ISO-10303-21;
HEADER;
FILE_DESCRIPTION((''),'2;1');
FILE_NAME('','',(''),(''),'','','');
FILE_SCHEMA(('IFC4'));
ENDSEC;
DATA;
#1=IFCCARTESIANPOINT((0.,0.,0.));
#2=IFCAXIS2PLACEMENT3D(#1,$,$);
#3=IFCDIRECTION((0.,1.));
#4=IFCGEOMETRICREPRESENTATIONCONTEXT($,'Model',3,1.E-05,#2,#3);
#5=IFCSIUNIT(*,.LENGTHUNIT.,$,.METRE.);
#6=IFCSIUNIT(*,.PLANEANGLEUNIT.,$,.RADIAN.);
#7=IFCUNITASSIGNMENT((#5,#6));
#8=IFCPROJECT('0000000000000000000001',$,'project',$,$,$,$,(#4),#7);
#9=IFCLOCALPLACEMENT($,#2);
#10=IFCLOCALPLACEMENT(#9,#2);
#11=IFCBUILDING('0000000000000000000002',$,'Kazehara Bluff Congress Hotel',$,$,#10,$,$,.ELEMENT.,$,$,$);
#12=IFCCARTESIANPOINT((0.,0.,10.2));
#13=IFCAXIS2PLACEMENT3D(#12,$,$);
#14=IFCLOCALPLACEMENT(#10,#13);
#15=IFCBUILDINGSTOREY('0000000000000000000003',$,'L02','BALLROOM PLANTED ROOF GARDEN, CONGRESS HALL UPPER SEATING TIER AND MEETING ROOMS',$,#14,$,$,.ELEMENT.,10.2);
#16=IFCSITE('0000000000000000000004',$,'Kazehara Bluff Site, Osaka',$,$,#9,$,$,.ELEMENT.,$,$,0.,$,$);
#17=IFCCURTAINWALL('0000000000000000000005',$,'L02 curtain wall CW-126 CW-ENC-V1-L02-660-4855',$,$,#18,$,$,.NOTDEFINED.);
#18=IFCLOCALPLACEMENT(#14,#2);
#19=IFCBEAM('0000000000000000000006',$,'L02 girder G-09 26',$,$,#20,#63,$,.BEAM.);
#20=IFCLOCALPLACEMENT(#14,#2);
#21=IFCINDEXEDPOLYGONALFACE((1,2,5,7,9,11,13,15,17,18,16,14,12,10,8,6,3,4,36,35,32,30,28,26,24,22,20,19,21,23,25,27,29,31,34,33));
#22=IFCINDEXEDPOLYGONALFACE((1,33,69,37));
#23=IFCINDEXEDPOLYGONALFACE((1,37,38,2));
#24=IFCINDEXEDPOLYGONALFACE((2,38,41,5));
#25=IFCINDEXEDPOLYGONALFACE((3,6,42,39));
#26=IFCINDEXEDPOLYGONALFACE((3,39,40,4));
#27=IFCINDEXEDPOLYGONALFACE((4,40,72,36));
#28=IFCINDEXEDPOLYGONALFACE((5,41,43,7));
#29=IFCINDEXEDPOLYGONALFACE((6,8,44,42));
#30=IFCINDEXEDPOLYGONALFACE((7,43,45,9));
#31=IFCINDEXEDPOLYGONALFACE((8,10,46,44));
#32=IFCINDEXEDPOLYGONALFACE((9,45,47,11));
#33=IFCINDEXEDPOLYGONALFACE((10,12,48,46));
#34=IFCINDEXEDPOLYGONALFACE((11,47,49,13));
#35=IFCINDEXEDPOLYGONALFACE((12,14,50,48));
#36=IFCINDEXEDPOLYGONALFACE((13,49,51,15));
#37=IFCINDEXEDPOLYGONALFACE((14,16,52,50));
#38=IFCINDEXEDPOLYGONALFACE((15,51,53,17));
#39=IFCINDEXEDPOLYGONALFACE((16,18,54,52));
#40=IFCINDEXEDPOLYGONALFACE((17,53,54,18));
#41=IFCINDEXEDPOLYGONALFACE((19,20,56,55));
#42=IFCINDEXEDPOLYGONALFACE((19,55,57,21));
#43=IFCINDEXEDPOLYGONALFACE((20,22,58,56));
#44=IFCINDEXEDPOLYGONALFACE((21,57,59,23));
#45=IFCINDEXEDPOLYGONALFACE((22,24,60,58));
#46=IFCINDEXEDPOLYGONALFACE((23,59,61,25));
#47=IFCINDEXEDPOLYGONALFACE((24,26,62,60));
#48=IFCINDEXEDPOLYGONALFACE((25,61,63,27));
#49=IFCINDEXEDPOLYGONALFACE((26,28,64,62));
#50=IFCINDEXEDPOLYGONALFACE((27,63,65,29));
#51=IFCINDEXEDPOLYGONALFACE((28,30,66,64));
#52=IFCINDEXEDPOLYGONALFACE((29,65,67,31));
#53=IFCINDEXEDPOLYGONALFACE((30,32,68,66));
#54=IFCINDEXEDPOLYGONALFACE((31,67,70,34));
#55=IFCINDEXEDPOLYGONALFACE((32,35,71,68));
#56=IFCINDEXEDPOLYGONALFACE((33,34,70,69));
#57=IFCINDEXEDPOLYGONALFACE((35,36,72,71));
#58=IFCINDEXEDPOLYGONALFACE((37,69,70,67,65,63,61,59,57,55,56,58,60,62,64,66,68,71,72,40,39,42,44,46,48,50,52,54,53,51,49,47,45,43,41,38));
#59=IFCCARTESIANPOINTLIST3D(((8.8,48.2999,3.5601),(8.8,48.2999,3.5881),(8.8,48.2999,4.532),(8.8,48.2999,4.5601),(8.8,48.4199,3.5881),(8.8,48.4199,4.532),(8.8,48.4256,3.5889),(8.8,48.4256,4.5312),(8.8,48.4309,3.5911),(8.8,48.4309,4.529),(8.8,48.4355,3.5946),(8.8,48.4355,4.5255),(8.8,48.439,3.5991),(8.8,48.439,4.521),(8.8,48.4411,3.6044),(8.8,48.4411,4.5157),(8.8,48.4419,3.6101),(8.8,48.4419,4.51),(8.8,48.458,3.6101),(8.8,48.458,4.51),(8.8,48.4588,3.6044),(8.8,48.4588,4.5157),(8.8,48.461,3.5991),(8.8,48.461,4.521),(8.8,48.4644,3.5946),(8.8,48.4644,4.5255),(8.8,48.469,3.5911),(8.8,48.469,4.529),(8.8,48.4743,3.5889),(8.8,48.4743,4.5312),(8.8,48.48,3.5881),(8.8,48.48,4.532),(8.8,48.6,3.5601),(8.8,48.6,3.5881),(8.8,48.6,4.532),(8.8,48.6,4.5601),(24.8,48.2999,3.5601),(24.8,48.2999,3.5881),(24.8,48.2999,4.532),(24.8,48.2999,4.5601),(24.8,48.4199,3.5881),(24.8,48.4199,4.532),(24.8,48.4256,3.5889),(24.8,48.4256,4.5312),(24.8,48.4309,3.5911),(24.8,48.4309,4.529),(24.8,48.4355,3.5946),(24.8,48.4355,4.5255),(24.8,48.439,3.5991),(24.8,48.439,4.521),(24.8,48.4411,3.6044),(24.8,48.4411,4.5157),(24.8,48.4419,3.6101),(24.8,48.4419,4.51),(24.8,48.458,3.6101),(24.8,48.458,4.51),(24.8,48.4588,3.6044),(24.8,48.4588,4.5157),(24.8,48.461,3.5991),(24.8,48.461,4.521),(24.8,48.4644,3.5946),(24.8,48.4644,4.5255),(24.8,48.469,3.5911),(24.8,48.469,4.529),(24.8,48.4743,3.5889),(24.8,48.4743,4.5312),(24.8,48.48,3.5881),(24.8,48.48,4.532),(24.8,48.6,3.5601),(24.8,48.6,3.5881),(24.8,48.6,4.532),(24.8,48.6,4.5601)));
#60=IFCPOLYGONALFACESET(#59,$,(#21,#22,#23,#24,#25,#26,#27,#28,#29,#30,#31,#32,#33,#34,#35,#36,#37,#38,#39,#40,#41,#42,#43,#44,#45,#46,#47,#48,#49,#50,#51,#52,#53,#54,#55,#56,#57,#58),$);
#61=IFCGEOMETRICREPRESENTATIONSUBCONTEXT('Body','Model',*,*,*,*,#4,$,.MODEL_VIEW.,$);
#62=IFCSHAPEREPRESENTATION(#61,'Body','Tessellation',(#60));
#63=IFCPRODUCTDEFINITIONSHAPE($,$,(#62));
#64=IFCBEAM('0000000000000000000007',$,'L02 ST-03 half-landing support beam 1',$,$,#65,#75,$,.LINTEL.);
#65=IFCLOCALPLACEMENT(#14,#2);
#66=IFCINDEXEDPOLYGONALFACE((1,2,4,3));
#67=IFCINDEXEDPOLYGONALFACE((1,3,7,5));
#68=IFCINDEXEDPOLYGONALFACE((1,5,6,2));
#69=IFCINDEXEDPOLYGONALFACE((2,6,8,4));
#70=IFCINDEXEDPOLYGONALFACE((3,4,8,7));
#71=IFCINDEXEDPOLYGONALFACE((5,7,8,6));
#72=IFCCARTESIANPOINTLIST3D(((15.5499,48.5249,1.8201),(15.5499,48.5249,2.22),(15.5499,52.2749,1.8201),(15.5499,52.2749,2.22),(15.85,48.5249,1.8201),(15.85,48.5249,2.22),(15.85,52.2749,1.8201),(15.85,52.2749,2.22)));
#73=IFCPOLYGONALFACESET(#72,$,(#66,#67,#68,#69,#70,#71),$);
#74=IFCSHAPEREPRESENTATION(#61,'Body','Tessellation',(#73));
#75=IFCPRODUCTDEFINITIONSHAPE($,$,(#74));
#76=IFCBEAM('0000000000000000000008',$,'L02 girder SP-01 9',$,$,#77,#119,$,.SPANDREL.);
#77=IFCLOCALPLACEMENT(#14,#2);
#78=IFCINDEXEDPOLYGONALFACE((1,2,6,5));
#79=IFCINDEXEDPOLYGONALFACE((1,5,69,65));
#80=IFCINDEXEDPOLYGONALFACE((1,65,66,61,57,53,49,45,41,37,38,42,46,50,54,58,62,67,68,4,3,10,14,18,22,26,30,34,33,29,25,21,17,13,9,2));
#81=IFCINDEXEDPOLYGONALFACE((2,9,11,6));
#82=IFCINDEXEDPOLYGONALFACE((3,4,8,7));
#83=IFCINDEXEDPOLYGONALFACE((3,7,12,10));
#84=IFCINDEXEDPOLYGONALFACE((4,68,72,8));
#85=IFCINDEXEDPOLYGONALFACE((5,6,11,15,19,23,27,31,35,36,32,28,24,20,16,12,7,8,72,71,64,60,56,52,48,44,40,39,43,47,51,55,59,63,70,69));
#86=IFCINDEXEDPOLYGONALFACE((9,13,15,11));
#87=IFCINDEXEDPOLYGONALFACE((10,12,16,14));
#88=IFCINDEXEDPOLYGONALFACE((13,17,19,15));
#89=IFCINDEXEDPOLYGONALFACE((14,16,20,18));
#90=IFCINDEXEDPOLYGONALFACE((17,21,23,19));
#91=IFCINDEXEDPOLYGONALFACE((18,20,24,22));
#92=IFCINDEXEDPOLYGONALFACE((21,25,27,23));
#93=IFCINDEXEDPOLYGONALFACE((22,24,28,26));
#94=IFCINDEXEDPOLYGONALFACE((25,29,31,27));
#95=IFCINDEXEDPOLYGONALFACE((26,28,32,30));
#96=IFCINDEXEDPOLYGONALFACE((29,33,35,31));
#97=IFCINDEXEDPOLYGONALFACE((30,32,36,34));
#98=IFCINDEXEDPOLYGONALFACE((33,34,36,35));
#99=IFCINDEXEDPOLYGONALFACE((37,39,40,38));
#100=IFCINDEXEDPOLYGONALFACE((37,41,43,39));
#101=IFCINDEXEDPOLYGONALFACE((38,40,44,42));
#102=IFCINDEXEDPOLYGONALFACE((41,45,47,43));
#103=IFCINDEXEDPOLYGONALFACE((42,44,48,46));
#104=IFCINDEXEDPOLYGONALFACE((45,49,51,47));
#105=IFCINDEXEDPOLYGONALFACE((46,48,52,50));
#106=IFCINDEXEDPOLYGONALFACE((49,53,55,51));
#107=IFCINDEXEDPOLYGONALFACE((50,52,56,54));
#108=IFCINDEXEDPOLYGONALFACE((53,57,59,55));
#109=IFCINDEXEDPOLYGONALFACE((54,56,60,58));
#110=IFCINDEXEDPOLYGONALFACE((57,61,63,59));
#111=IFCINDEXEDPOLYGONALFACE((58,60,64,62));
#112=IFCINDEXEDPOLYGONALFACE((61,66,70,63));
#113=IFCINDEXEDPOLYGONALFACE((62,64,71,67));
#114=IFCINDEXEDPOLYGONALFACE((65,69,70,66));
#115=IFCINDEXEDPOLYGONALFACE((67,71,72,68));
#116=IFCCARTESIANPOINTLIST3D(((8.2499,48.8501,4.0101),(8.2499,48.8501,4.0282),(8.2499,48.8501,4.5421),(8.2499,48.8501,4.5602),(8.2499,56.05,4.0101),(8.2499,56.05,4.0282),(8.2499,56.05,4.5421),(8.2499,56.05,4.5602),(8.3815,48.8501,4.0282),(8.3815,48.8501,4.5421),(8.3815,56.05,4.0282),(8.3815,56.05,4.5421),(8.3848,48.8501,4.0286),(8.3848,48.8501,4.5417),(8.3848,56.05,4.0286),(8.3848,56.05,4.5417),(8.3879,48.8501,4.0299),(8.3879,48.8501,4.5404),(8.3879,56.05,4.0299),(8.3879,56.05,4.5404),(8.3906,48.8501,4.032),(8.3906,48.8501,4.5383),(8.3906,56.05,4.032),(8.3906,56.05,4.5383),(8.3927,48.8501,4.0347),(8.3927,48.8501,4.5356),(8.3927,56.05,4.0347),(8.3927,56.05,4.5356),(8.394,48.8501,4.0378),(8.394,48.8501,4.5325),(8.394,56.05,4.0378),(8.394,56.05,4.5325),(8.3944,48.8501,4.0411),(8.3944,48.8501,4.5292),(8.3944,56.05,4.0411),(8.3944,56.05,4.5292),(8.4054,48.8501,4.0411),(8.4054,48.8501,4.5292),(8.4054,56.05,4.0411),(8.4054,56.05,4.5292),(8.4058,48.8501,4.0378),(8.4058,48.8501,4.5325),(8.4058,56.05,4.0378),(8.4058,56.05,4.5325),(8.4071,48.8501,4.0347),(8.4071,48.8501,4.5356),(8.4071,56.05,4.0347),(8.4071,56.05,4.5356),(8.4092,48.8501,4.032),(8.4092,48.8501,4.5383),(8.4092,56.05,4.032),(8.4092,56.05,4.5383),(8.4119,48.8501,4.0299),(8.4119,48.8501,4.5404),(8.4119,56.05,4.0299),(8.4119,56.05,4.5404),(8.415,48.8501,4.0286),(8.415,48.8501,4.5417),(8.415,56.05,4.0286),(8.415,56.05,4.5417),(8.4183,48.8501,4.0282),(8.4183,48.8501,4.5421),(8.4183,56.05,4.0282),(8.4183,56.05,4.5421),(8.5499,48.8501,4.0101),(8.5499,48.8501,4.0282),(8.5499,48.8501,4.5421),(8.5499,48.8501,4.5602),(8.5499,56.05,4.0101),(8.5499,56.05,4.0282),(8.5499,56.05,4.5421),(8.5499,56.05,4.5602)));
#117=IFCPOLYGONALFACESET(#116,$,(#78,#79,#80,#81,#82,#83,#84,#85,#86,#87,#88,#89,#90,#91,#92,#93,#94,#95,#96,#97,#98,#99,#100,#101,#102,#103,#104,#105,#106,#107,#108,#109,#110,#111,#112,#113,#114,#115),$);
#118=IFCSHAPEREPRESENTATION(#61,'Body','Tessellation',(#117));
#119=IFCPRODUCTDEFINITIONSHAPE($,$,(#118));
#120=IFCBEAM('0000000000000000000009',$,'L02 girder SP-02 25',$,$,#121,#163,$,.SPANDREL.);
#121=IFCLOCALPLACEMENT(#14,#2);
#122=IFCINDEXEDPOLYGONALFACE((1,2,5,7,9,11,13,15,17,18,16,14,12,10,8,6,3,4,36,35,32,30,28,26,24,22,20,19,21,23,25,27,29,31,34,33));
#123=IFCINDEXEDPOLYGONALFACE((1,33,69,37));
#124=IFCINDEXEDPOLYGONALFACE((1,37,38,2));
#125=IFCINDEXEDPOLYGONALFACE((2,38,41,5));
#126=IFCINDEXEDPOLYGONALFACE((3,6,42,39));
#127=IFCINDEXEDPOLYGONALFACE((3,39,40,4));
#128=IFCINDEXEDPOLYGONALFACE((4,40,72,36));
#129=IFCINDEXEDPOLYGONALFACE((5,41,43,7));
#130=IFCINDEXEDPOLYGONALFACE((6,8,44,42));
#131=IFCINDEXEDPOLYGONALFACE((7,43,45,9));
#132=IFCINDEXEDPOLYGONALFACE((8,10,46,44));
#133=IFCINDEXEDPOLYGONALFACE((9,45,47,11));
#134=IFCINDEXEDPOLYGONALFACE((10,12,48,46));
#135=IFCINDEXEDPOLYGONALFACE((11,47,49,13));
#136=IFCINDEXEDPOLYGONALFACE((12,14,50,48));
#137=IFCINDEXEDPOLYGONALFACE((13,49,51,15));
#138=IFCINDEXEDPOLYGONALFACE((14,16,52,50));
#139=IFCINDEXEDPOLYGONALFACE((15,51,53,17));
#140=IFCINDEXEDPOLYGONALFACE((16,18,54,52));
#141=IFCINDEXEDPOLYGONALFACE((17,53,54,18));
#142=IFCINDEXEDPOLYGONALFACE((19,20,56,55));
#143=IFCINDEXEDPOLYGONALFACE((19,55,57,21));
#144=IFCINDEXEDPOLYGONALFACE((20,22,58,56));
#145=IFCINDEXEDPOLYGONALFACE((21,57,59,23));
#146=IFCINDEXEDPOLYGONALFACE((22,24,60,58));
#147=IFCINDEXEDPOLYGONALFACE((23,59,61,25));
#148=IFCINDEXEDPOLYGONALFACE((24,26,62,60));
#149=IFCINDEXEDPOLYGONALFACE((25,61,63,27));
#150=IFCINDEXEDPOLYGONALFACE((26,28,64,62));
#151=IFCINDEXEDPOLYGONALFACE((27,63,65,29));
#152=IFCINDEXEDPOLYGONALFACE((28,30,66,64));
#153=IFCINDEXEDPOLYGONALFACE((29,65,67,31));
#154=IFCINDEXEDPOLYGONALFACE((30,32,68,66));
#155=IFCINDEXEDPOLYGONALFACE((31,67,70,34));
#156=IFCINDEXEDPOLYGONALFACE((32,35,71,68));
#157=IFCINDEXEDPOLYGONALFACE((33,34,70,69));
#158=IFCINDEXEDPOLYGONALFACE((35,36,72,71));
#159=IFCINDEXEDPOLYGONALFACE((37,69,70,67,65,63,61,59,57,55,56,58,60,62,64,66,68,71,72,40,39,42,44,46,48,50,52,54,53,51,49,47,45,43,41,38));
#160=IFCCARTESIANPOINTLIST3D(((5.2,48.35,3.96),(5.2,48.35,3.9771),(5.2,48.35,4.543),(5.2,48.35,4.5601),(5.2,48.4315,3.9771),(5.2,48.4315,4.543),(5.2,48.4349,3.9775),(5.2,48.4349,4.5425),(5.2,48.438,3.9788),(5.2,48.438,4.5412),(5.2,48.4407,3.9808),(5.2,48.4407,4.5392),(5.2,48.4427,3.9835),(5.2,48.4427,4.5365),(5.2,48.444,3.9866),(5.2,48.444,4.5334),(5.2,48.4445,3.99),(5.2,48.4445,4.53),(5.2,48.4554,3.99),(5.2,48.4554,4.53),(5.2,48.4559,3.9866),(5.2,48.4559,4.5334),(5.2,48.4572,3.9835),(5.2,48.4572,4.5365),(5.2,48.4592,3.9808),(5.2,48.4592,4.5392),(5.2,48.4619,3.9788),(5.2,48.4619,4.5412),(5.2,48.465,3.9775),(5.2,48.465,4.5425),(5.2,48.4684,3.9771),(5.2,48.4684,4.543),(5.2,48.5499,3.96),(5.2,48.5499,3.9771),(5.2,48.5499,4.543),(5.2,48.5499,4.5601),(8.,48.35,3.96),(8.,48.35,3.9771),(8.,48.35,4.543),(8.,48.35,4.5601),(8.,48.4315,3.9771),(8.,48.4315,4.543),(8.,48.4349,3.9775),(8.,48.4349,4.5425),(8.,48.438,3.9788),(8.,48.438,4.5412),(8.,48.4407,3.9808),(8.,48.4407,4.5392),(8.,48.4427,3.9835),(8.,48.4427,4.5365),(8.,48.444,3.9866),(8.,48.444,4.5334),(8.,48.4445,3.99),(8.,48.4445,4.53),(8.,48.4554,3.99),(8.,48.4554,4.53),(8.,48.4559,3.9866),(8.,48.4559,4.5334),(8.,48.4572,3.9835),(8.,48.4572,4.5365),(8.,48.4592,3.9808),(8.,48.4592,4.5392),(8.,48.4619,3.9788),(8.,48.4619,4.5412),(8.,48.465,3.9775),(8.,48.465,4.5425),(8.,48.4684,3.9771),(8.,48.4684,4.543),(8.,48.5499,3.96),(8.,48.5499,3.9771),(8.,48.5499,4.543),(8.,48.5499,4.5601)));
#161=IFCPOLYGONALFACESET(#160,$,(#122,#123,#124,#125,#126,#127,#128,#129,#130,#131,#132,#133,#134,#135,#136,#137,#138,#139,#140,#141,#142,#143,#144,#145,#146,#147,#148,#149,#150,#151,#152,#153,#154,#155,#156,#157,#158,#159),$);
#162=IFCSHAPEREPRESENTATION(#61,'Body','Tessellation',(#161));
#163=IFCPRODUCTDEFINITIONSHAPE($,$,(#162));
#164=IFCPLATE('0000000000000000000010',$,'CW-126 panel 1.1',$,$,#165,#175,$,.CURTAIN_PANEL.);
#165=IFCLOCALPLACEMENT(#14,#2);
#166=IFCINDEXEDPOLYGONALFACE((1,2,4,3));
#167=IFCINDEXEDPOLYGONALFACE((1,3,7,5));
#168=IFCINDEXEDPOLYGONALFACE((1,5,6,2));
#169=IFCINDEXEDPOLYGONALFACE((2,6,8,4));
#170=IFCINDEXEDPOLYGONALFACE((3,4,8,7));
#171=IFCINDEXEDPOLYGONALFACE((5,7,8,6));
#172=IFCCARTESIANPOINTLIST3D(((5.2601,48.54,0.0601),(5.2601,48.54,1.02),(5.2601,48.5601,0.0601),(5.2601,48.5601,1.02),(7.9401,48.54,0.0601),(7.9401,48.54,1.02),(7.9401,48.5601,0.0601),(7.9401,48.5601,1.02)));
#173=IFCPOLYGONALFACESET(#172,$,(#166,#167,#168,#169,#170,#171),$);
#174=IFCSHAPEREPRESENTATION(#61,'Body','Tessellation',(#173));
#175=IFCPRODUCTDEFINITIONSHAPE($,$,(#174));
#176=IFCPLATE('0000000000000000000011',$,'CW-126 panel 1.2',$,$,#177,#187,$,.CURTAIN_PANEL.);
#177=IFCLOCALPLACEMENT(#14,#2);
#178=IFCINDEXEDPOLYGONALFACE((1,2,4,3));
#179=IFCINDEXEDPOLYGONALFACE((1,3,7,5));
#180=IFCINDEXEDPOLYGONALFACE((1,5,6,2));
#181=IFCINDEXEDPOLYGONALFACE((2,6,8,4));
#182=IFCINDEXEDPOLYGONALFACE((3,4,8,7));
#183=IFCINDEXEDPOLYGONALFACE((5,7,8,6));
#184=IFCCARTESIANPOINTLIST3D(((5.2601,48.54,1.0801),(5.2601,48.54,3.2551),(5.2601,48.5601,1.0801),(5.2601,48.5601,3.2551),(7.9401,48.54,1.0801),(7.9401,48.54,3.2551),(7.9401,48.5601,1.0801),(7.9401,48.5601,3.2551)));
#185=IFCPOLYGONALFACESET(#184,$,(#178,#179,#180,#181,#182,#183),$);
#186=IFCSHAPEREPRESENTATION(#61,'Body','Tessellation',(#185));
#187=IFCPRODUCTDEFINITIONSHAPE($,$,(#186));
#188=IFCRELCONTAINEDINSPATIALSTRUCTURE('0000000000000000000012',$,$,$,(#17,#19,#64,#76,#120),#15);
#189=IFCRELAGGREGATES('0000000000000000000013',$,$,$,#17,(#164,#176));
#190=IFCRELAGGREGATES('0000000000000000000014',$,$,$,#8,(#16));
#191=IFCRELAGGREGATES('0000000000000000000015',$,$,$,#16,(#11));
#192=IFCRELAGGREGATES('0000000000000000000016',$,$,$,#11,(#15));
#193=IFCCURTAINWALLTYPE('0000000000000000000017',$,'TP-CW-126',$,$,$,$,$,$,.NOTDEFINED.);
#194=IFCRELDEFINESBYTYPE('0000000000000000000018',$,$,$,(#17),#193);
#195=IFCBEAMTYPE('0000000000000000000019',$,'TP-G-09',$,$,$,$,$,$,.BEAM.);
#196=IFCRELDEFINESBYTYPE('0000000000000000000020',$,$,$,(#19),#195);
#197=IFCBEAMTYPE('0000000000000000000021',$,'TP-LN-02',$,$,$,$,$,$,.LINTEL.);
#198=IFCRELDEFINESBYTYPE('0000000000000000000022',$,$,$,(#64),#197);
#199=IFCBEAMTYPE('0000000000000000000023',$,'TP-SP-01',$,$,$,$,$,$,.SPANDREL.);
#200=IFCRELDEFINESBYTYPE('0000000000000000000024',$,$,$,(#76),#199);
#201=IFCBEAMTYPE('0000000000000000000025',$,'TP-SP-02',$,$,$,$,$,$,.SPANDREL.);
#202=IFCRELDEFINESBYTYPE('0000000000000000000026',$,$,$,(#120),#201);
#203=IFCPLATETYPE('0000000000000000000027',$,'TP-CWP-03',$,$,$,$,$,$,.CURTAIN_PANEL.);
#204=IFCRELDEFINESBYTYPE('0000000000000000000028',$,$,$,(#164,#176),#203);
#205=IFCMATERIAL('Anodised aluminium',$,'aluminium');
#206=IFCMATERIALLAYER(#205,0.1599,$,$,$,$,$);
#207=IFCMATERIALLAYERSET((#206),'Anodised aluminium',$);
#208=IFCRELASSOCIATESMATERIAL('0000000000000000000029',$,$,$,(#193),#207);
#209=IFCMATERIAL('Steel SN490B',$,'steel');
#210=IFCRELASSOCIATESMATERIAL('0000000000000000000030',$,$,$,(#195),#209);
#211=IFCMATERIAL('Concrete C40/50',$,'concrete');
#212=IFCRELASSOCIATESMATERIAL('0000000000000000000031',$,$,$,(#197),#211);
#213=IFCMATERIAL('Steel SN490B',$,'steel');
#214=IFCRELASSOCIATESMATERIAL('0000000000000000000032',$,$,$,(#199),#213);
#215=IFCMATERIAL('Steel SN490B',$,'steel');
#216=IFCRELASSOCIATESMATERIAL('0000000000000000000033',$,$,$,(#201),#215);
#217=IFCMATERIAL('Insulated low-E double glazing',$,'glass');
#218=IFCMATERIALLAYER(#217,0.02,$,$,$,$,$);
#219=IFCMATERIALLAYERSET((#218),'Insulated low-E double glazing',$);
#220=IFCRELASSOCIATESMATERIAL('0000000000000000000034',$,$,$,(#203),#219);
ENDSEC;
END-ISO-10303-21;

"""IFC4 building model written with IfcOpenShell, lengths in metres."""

from ifc_helpers import new_model, si_unit, direction, frame, origin, origin_2d, place, context, subcontext, project, spatial, rectangle, i_section, extrude, material, layer, layer_set, material_profile, profile_set, type_object, element, aggregate, save


model = new_model("IFC4")

# Units and contexts
model_context = context("Model", 3, precision=1e-05, world=origin(), true_north=direction((0.0, 1.0)))
body_context = subcontext(model_context, "Body", "Model", "MODEL_VIEW")
ifc_project = project(units=[si_unit("LENGTHUNIT", "METRE"), si_unit("PLANEANGLEUNIT", "RADIAN")], contexts=[model_context])

# Site, building, storey
site_placement = place(None, origin())
site = spatial("IfcSite", under=ifc_project, at=site_placement, Name="Kazehara Bluff Site, Osaka", CompositionType="ELEMENT", RefElevation=0.0)
building_placement = place(site_placement, origin())
building = spatial("IfcBuilding", under=site, at=building_placement, Name="Kazehara Bluff Congress Hotel", CompositionType="ELEMENT")
storey_placement = place(building_placement, frame((0.0, 0.0, 10.2)))
storey = spatial("IfcBuildingStorey", under=building, at=storey_placement, Name="L02", Description="BALLROOM PLANTED ROOF GARDEN, CONGRESS HALL UPPER SEATING TIER AND MEETING ROOMS", CompositionType="ELEMENT", Elevation=10.2)

# Curtain wall
ifc_material_1 = material(Name="Anodised aluminium", Category="aluminium")
ifc_layer_1 = layer(ifc_material_1, 0.1599)
ifc_layer_set_1 = layer_set([ifc_layer_1], Name="Anodised aluminium")
curtain_wall_type = type_object("IfcCurtainWallType", Name="TP-CW-126", PredefinedType="NOTDEFINED", material=ifc_layer_set_1)
curtain_wall_placement = place(storey_placement, origin())
curtain_wall = element("IfcCurtainWall", 1, at=curtain_wall_placement, inside=storey, type_object=curtain_wall_type, Name="L02 curtain wall CW-126 CW-ENC-V1-L02-660-4855", PredefinedType="NOTDEFINED")

# Beams
ifc_material_2 = material(Name="Steel SN490B", Category="steel")
ifc_material_profile_1 = material_profile(ifc_material_2, i_section(OverallWidth=0.3, OverallDepth=1.0, WebThickness=0.0161, FlangeThickness=0.0281, FilletRadius=0.022, at=origin_2d()))
ifc_profile_set_1 = profile_set([ifc_material_profile_1], Name="Steel SN490B")
beam_type_1 = type_object("IfcBeamType", Name="TP-G-09", PredefinedType="BEAM", material=ifc_profile_set_1)
beam_1_placement = place(storey_placement, frame((8.8, 48.45, 4.0601), z_axis=(1.0, 0.0, 0.0), x_axis=(0.0, 1.0, 0.0)))
element("IfcBeam", 2, at=beam_1_placement, inside=storey, type_object=beam_type_1, Name="L02 girder G-09 26", PredefinedType="BEAM", context=body_context, shape_type="SweptSolid", body=[
    extrude(i_section(OverallWidth=0.3, OverallDepth=1.0, WebThickness=0.0161, FlangeThickness=0.0281, FilletRadius=0.022, at=origin_2d()), origin(), (0.0, 0.0, 1.0), 16.0),
])
ifc_material_3 = material(Name="Concrete C40/50", Category="concrete")
ifc_material_profile_2 = material_profile(ifc_material_3, rectangle(XDim=0.3, YDim=0.3999, at=origin_2d()))
ifc_profile_set_2 = profile_set([ifc_material_profile_2], Name="Concrete C40/50")
beam_type_2 = type_object("IfcBeamType", Name="TP-LN-02", PredefinedType="LINTEL", material=ifc_profile_set_2)
beam_2_placement = place(storey_placement, frame((15.7, 48.5249, 2.02), z_axis=(0.0, 1.0, 0.0), x_axis=(-1.0, 0.0, 0.0)))
element("IfcBeam", 3, at=beam_2_placement, inside=storey, type_object=beam_type_2, Name="L02 ST-03 half-landing support beam 1", PredefinedType="LINTEL", context=body_context, shape_type="SweptSolid", body=[
    extrude(rectangle(XDim=0.3, YDim=0.3999, at=origin_2d()), origin(), (0.0, 0.0, 1.0), 3.75),
])
ifc_material_4 = material(Name="Steel SN490B", Category="steel")
ifc_material_profile_3 = material_profile(ifc_material_4, i_section(OverallWidth=0.3, OverallDepth=0.55, WebThickness=0.011, FlangeThickness=0.0181, FilletRadius=0.0129, at=origin_2d()))
ifc_profile_set_3 = profile_set([ifc_material_profile_3], Name="Steel SN490B")
beam_type_3 = type_object("IfcBeamType", Name="TP-SP-01", PredefinedType="SPANDREL", material=ifc_profile_set_3)
beam_3_placement = place(storey_placement, frame((8.3999, 48.8501, 4.2852), z_axis=(0.0, 1.0, 0.0), x_axis=(-1.0, 0.0, 0.0)))
element("IfcBeam", 4, at=beam_3_placement, inside=storey, type_object=beam_type_3, Name="L02 girder SP-01 9", PredefinedType="SPANDREL", context=body_context, shape_type="SweptSolid", body=[
    extrude(i_section(OverallWidth=0.3, OverallDepth=0.55, WebThickness=0.011, FlangeThickness=0.0181, FilletRadius=0.0129, at=origin_2d()), origin(), (0.0, 0.0, 1.0), 7.2),
])
ifc_material_5 = material(Name="Steel SN490B", Category="steel")
ifc_material_profile_4 = material_profile(ifc_material_5, i_section(OverallWidth=0.2, OverallDepth=0.6001, WebThickness=0.011, FlangeThickness=0.0171, FilletRadius=0.0129, at=origin_2d()))
ifc_profile_set_4 = profile_set([ifc_material_profile_4], Name="Steel SN490B")
beam_type_4 = type_object("IfcBeamType", Name="TP-SP-02", PredefinedType="SPANDREL", material=ifc_profile_set_4)
beam_4_placement = place(storey_placement, frame((5.2, 48.45, 4.26), z_axis=(1.0, 0.0, 0.0), x_axis=(0.0, 1.0, 0.0)))
element("IfcBeam", 5, at=beam_4_placement, inside=storey, type_object=beam_type_4, Name="L02 girder SP-02 25", PredefinedType="SPANDREL", context=body_context, shape_type="SweptSolid", body=[
    extrude(i_section(OverallWidth=0.2, OverallDepth=0.6001, WebThickness=0.011, FlangeThickness=0.0171, FilletRadius=0.0129, at=origin_2d()), origin(), (0.0, 0.0, 1.0), 2.8),
])

# Plates
ifc_material_6 = material(Name="Insulated low-E double glazing", Category="glass")
ifc_layer_2 = layer(ifc_material_6, 0.02)
ifc_layer_set_2 = layer_set([ifc_layer_2], Name="Insulated low-E double glazing")
plate_type = type_object("IfcPlateType", Name="TP-CWP-03", PredefinedType="CURTAIN_PANEL", material=ifc_layer_set_2)
plate_1_placement = place(storey_placement, frame((6.6001, 48.55, 0.0601), z_axis=(0.0, 0.0, 1.0), x_axis=(-1.0, 0.0, 0.0)))
plate_1 = element("IfcPlate", 6, at=plate_1_placement, type_object=plate_type, Name="CW-126 panel 1.1", PredefinedType="CURTAIN_PANEL", context=body_context, shape_type="SweptSolid", body=[
    extrude(rectangle(XDim=2.6799, YDim=0.02, at=origin_2d()), origin(), (0.0, 0.0, 1.0), 0.96),
])
plate_2_placement = place(storey_placement, frame((6.6001, 48.55, 1.0801), z_axis=(0.0, 0.0, 1.0), x_axis=(-1.0, 0.0, 0.0)))
plate_2 = element("IfcPlate", 7, at=plate_2_placement, type_object=plate_type, Name="CW-126 panel 1.2", PredefinedType="CURTAIN_PANEL", context=body_context, shape_type="SweptSolid", body=[
    extrude(rectangle(XDim=2.6799, YDim=0.02, at=origin_2d()), origin(), (0.0, 0.0, 1.0), 2.175),
])
aggregate(curtain_wall, [plate_1, plate_2])

save(model, "model.ifc")
